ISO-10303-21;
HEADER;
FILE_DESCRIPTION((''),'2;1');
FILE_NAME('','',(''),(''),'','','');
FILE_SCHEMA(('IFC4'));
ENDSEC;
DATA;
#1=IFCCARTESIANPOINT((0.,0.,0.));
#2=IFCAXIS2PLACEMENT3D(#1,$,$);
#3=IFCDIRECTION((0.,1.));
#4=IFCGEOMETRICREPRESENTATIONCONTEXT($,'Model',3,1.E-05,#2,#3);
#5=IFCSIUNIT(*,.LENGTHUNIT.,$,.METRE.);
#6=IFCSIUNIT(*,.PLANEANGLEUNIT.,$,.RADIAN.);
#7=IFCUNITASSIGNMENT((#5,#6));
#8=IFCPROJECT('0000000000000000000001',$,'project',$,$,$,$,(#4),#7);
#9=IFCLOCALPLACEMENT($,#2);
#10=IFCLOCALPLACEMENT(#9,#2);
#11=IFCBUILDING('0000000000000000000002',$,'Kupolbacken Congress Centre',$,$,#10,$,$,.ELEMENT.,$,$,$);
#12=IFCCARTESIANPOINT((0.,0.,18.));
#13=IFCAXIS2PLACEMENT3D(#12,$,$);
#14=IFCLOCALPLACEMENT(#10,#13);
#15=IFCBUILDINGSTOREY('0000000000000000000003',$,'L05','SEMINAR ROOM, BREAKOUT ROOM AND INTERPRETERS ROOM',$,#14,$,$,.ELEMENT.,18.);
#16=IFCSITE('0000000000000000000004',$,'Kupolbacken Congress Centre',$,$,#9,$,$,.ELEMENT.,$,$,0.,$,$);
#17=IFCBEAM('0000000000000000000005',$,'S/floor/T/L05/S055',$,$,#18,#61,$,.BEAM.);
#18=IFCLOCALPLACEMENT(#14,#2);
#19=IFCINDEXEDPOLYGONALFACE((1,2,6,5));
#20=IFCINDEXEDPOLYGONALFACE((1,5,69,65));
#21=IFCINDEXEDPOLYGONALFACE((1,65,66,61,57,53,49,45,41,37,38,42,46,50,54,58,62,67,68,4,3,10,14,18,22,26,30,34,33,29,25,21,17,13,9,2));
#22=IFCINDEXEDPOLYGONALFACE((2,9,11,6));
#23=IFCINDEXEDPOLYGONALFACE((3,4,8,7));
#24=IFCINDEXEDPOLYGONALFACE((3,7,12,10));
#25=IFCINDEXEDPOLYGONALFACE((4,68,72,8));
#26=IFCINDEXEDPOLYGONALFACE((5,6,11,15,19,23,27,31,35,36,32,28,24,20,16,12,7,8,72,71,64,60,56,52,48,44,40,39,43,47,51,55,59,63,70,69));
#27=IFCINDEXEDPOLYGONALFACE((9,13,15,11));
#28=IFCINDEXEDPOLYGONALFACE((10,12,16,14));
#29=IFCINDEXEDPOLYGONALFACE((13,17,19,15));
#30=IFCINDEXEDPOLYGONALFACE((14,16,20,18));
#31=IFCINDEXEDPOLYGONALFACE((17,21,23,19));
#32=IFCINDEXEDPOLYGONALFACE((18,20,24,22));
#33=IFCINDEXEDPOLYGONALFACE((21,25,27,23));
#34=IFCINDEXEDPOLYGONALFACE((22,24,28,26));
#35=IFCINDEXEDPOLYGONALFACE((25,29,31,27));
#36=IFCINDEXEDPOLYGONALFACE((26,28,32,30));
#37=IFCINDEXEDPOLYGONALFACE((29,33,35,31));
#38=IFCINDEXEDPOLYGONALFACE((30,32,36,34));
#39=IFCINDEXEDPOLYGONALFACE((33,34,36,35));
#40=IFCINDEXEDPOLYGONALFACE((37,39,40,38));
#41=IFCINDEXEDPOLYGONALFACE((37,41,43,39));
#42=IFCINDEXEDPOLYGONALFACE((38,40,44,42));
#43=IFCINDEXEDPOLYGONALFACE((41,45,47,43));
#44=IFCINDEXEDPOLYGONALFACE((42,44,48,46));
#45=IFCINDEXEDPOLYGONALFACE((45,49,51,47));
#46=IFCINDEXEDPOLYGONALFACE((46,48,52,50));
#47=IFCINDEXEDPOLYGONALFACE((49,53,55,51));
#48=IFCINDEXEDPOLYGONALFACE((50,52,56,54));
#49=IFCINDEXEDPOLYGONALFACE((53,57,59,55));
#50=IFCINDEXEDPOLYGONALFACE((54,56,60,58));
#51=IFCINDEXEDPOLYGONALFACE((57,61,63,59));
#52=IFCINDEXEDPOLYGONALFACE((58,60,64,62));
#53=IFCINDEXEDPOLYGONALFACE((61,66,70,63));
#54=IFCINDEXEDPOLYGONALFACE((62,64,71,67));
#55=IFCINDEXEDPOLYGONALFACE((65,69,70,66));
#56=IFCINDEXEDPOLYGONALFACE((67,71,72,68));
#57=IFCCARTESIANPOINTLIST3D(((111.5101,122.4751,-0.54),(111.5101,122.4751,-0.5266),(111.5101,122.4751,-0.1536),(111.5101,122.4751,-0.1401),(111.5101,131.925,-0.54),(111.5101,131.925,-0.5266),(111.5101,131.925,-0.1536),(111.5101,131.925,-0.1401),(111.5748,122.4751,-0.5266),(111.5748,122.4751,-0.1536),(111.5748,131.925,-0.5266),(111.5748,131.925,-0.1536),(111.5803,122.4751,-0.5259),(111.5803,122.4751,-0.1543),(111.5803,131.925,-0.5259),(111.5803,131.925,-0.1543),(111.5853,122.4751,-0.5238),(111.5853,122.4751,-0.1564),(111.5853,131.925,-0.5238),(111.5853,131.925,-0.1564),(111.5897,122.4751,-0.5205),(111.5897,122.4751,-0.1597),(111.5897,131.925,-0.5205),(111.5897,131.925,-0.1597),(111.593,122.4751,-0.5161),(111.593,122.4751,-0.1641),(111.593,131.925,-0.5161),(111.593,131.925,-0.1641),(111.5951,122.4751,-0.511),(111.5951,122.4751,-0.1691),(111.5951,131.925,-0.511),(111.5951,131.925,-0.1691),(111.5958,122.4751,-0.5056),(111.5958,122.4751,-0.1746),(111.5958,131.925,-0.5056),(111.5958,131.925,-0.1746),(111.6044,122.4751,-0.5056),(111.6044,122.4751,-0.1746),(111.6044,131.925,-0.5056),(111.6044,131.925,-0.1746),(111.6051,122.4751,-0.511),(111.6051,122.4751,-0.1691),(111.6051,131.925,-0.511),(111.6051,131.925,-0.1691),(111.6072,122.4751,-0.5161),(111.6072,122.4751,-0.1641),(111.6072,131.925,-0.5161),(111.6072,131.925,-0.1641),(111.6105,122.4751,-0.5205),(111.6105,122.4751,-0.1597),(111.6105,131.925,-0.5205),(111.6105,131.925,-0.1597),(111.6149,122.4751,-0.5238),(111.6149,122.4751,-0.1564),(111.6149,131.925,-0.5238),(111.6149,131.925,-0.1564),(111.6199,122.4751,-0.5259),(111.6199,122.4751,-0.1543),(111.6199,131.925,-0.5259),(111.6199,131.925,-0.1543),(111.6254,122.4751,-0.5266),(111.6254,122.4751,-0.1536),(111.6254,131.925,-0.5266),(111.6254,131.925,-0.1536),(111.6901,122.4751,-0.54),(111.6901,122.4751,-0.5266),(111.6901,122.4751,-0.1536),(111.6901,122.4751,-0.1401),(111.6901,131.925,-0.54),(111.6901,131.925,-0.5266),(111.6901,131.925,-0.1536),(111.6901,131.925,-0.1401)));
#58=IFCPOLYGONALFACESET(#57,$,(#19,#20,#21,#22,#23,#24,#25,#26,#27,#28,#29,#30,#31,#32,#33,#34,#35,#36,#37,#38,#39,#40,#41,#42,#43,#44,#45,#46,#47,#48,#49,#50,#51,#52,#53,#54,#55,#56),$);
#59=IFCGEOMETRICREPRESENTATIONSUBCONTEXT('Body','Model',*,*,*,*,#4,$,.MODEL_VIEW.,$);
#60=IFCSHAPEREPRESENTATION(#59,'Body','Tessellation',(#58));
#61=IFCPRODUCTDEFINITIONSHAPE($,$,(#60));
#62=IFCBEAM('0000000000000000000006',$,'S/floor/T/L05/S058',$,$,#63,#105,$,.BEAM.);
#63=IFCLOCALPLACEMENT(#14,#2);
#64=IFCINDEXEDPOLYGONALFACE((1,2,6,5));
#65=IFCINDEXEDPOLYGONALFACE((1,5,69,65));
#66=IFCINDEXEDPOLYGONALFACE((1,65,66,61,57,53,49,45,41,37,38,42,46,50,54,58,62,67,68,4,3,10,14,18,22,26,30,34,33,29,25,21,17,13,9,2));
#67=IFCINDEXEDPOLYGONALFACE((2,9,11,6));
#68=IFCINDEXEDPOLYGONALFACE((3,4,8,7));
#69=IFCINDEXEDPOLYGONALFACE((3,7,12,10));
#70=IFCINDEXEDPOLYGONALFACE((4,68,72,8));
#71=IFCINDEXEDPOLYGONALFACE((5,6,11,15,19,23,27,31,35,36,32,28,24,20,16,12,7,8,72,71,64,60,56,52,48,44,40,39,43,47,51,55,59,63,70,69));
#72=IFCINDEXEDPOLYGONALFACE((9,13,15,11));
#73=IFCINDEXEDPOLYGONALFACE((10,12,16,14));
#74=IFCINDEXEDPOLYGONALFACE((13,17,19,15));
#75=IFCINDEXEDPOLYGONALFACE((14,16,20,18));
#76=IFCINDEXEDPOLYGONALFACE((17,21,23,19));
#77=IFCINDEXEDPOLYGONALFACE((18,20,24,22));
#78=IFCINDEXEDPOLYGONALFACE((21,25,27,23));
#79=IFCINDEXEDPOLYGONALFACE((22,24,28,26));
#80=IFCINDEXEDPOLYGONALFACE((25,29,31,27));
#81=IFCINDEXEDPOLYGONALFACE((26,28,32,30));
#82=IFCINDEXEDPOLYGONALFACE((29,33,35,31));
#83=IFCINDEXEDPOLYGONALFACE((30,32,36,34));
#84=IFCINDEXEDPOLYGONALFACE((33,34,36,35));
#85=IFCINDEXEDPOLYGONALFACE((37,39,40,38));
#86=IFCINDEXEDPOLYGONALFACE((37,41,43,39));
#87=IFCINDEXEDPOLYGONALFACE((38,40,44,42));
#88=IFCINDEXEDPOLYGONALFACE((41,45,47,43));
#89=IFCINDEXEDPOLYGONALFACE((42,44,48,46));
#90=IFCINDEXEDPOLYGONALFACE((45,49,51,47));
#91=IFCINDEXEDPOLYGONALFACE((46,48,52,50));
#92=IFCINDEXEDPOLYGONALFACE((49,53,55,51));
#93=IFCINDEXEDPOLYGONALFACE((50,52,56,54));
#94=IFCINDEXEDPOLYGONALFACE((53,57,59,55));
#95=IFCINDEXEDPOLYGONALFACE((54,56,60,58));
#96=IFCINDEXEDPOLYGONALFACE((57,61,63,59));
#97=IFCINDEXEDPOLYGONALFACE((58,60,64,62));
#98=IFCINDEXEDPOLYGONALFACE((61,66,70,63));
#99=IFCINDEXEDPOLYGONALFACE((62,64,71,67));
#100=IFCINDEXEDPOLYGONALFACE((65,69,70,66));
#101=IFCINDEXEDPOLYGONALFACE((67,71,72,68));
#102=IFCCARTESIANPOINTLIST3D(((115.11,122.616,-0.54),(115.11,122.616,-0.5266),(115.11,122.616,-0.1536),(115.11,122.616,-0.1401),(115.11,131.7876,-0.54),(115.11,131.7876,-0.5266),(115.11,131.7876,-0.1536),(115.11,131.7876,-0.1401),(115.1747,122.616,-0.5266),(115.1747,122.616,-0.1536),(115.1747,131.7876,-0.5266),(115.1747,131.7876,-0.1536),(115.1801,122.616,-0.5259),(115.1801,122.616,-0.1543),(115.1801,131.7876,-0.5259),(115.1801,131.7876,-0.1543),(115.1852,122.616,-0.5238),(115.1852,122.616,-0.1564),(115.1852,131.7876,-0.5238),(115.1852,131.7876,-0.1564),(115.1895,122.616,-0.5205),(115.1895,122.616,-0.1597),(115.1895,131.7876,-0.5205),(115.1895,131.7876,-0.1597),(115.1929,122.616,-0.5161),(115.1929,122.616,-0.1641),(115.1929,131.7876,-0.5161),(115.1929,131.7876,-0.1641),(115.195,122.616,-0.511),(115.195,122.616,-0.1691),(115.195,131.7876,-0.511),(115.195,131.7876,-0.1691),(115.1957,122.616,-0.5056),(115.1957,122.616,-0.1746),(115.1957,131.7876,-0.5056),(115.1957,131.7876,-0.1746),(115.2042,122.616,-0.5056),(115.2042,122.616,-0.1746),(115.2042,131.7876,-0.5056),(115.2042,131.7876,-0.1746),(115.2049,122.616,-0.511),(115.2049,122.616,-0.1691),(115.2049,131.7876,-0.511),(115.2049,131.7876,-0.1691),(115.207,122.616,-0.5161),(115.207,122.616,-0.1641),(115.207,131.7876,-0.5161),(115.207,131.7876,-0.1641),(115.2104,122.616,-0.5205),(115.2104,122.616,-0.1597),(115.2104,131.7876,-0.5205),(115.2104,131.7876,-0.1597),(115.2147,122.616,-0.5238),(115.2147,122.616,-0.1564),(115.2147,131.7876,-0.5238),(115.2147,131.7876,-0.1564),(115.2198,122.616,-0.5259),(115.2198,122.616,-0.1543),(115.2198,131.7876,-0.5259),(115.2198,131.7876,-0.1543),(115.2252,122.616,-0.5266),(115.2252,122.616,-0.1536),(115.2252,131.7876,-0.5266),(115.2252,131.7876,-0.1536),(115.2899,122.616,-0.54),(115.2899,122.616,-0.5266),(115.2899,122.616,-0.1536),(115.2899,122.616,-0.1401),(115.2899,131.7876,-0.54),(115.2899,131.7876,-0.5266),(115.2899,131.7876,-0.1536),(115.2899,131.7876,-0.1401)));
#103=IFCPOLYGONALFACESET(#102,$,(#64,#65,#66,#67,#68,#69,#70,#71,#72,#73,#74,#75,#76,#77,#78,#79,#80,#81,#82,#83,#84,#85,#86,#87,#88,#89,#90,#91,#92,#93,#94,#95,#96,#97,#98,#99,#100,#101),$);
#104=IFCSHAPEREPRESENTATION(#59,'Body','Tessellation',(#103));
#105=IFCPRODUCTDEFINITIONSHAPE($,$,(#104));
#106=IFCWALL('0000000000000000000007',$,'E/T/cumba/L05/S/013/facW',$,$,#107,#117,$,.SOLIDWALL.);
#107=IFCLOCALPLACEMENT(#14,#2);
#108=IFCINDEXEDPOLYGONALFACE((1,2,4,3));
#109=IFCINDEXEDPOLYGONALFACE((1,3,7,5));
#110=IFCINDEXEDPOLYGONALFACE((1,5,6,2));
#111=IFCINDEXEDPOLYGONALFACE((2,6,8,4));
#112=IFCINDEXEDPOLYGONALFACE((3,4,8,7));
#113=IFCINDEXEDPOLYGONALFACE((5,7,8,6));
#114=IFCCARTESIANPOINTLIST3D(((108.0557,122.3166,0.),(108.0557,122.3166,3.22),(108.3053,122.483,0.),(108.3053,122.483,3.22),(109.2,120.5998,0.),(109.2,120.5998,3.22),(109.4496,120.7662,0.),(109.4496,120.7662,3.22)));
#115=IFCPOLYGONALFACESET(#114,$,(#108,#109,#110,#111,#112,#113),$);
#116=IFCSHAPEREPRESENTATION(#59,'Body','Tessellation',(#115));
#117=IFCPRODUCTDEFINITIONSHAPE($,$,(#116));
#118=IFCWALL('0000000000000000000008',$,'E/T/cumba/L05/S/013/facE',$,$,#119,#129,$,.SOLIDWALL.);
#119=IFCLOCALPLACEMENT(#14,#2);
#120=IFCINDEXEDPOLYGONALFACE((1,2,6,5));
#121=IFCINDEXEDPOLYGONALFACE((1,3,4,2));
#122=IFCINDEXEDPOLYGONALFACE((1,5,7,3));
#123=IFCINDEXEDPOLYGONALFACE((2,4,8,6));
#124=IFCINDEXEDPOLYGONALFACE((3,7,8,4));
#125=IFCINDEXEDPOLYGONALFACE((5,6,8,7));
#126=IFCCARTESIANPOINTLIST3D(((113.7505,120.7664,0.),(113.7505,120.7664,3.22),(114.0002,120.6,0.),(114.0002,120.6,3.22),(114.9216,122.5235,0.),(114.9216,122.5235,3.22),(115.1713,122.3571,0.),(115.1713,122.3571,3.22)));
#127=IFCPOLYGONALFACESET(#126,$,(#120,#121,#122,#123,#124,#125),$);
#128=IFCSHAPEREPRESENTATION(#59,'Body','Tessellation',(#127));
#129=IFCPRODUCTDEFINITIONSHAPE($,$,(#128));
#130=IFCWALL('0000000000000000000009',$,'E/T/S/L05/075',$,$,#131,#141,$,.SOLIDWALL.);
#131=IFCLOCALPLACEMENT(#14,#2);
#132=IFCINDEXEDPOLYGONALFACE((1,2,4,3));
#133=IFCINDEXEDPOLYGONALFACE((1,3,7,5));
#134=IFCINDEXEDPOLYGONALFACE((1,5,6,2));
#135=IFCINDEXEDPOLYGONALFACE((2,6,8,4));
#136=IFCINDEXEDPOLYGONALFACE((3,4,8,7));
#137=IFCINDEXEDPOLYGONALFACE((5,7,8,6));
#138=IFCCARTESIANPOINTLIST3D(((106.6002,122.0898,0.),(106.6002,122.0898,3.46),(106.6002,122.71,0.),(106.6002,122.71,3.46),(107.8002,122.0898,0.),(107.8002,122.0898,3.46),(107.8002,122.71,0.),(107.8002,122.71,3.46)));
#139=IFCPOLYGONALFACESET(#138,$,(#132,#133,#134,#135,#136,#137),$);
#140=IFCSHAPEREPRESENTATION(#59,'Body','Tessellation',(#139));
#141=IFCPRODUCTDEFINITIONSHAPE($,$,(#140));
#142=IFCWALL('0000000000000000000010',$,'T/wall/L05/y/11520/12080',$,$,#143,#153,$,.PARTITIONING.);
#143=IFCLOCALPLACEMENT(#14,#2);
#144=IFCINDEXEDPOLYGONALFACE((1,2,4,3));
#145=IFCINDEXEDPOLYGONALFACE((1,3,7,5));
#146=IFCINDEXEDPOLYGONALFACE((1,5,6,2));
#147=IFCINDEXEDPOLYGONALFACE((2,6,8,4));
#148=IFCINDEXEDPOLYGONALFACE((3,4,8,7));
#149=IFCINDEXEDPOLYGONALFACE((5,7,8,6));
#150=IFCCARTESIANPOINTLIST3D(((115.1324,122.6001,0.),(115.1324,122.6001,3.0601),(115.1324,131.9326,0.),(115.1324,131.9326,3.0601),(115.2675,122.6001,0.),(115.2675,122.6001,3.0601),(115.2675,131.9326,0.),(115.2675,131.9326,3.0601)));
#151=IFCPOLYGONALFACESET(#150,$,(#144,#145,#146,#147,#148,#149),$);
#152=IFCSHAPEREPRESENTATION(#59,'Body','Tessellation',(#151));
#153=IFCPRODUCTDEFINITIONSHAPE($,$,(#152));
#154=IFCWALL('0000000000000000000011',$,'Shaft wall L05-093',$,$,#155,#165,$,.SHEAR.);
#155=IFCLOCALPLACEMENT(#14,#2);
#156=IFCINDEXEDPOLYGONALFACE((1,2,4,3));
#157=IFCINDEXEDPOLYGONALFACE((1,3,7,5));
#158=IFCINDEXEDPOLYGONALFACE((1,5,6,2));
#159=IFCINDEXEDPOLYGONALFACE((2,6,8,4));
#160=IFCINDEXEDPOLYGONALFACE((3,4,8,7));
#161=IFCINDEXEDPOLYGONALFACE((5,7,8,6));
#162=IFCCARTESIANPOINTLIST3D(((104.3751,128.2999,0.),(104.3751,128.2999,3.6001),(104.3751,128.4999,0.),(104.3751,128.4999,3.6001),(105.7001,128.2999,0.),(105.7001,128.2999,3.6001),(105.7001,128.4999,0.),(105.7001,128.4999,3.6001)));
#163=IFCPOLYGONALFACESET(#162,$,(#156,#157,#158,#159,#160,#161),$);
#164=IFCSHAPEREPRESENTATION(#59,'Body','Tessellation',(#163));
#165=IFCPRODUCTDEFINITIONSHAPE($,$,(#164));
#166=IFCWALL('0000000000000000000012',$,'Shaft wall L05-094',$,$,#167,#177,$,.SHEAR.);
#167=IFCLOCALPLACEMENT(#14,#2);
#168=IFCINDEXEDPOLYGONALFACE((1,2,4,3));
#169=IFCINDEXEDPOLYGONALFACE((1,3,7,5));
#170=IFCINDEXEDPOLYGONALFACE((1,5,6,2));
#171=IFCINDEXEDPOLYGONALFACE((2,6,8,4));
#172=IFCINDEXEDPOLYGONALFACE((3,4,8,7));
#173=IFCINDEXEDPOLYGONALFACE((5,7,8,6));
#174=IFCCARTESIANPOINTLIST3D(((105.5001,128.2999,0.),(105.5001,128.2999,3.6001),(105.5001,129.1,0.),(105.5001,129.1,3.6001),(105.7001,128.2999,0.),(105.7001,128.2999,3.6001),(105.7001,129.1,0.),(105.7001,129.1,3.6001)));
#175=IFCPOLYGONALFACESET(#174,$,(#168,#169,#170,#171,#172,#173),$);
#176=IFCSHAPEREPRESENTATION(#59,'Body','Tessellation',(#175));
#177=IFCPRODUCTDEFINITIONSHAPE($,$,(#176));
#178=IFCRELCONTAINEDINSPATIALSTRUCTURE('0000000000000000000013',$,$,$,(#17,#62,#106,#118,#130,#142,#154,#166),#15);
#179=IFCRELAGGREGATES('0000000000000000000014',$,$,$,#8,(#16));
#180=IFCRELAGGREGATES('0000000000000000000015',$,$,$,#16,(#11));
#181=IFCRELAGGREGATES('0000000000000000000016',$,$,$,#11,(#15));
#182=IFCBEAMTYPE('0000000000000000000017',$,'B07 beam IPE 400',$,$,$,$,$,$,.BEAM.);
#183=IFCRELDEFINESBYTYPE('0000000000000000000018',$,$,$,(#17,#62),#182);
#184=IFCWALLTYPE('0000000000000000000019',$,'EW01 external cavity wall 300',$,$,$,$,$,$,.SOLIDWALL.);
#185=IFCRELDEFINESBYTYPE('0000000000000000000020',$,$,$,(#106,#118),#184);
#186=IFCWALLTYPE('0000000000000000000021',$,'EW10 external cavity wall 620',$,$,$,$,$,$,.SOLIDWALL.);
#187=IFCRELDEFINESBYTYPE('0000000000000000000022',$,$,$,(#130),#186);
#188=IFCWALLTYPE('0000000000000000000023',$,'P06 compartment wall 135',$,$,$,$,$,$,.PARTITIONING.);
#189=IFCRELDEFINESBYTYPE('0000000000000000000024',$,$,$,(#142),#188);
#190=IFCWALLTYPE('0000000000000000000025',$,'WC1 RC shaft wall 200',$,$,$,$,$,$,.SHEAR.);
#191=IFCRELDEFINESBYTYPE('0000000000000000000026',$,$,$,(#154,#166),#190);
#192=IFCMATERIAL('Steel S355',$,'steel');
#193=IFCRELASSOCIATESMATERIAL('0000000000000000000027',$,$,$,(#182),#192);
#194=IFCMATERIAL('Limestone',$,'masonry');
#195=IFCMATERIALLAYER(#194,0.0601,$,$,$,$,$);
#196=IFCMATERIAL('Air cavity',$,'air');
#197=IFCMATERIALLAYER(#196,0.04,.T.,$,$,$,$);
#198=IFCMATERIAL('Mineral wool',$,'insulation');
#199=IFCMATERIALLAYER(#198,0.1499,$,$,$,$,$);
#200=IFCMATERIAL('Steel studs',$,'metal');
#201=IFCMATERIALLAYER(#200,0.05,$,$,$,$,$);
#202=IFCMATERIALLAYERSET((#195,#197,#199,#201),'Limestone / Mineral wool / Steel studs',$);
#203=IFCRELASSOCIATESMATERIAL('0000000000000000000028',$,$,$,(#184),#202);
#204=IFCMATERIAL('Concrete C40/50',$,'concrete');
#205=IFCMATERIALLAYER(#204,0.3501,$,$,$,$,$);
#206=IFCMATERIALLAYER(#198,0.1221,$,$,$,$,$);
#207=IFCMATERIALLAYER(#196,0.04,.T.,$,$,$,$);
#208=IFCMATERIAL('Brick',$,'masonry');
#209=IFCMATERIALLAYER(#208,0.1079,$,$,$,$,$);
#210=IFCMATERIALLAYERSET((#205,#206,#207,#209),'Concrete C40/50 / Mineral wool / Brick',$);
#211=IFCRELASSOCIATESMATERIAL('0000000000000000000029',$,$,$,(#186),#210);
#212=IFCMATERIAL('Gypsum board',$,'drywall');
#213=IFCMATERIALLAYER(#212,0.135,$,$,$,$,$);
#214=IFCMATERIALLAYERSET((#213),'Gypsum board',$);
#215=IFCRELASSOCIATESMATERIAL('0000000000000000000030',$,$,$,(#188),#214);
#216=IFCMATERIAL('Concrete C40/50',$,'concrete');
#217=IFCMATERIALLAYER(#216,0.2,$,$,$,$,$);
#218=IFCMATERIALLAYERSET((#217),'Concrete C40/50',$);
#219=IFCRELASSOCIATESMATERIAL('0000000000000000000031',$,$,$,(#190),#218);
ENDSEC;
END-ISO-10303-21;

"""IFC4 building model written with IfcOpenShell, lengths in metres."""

from ifc_helpers import new_model, si_unit, direction, frame, frame_2d, origin, origin_2d, place, context, subcontext, project, spatial, rectangle, i_section, extrude, material, layer, layer_set, material_profile, profile_set, type_object, element, save


model = new_model("IFC4")

# Units and contexts
model_context = context("Model", 3, precision=1e-05, world=origin(), true_north=direction((0.0, 1.0)))
body_context = subcontext(model_context, "Body", "Model", "MODEL_VIEW")
ifc_project = project(units=[si_unit("LENGTHUNIT", "METRE"), si_unit("PLANEANGLEUNIT", "RADIAN")], contexts=[model_context])

# Site, building, storey
site_placement = place(None, origin())
site = spatial("IfcSite", under=ifc_project, at=site_placement, Name="Kupolbacken Congress Centre", CompositionType="ELEMENT", RefElevation=0.0)
building_placement = place(site_placement, origin())
building = spatial("IfcBuilding", under=site, at=building_placement, Name="Kupolbacken Congress Centre", CompositionType="ELEMENT")
storey_placement = place(building_placement, frame((0.0, 0.0, 18.0)))
storey = spatial("IfcBuildingStorey", under=building, at=storey_placement, Name="L05", Description="SEMINAR ROOM, BREAKOUT ROOM AND INTERPRETERS ROOM", CompositionType="ELEMENT", Elevation=18.0)

# Beams
ifc_material_1 = material(Name="Steel S355", Category="steel")
ifc_material_profile_1 = material_profile(ifc_material_1, i_section(OverallWidth=0.1799, OverallDepth=0.3999, WebThickness=0.0085, FlangeThickness=0.0134, FilletRadius=0.021, at=origin_2d()), Name="IPE 400")
ifc_profile_set_1 = profile_set([ifc_material_profile_1], Name="Steel S355")
beam_type_1 = type_object("IfcBeamType", Name="B07 beam IPE 400", PredefinedType="BEAM", material=ifc_profile_set_1)
beam_1_placement = place(storey_placement, frame((111.6001, 122.4751, -0.3401), z_axis=(0.0, 1.0, 0.0), x_axis=(-1.0, 0.0, 0.0)))
element("IfcBeam", 1, at=beam_1_placement, inside=storey, type_object=beam_type_1, Name="S/floor/T/L05/S055", PredefinedType="BEAM", context=body_context, shape_type="SweptSolid", body=[
    extrude(i_section(OverallWidth=0.1799, OverallDepth=0.3999, WebThickness=0.0085, FlangeThickness=0.0134, FilletRadius=0.021, at=origin_2d()), origin(), (0.0, 0.0, 1.0), 9.45),
])
beam_2_placement = place(storey_placement, frame((115.2, 122.616, -0.3401), z_axis=(0.0, 1.0, 0.0), x_axis=(-1.0, 0.0, 0.0)))
element("IfcBeam", 2, at=beam_2_placement, inside=storey, type_object=beam_type_1, Name="S/floor/T/L05/S058", PredefinedType="BEAM", context=body_context, shape_type="SweptSolid", body=[
    extrude(i_section(OverallWidth=0.1799, OverallDepth=0.3999, WebThickness=0.0085, FlangeThickness=0.0134, FilletRadius=0.021, at=origin_2d()), origin(), (0.0, 0.0, 1.0), 9.1716),
])

# Walls
ifc_material_2 = material(Name="Limestone", Category="masonry")
ifc_layer_1 = layer(ifc_material_2, 0.0601)
ifc_material_3 = material(Name="Air cavity", Category="air")
ifc_layer_2 = layer(ifc_material_3, 0.04, ventilated=True)
ifc_material_4 = material(Name="Mineral wool", Category="insulation")
ifc_layer_3 = layer(ifc_material_4, 0.1499)
ifc_material_5 = material(Name="Steel studs", Category="metal")
ifc_layer_4 = layer(ifc_material_5, 0.05)
ifc_layer_set_1 = layer_set([ifc_layer_1, ifc_layer_2, ifc_layer_3, ifc_layer_4], Name="Limestone / Mineral wool / Steel studs")
wall_type_1 = type_object("IfcWallType", Name="EW01 external cavity wall 300", PredefinedType="SOLIDWALL", material=ifc_layer_set_1)
wall_1_placement = place(storey_placement, frame((108.1804, 122.3999, 0.0), z_axis=(0.0, 0.0, 1.0), x_axis=(0.554618, -0.832105, 0.0)))
element("IfcWall", 3, at=wall_1_placement, inside=storey, type_object=wall_type_1, Name="E/T/cumba/L05/S/013/facW", PredefinedType="SOLIDWALL", context=body_context, shape_type="SweptSolid", body=[
    extrude(rectangle(XDim=2.0632, YDim=0.3, at=frame_2d((1.0317, 0.0))), origin(), (0.0, 0.0, 1.0), 3.22),
])
wall_2_placement = place(storey_placement, frame((115.0464, 122.4402, 0.0), z_axis=(0.0, 0.0, 1.0), x_axis=(-0.55462, -0.832104, 0.0)))
element("IfcWall", 4, at=wall_2_placement, inside=storey, type_object=wall_type_1, Name="E/T/cumba/L05/S/013/facE", PredefinedType="SOLIDWALL", context=body_context, shape_type="SweptSolid", body=[
    extrude(rectangle(XDim=2.1116, YDim=0.3, at=frame_2d((1.0557, 0.0))), origin(), (0.0, 0.0, 1.0), 3.22),
])
ifc_material_6 = material(Name="Concrete C40/50", Category="concrete")
ifc_layer_5 = layer(ifc_material_6, 0.3501)
ifc_layer_6 = layer(ifc_material_4, 0.1221)
ifc_layer_7 = layer(ifc_material_3, 0.04, ventilated=True)
ifc_material_7 = material(Name="Brick", Category="masonry")
ifc_layer_8 = layer(ifc_material_7, 0.1079)
ifc_layer_set_2 = layer_set([ifc_layer_5, ifc_layer_6, ifc_layer_7, ifc_layer_8], Name="Concrete C40/50 / Mineral wool / Brick")
wall_type_2 = type_object("IfcWallType", Name="EW10 external cavity wall 620", PredefinedType="SOLIDWALL", material=ifc_layer_set_2)
wall_3_placement = place(storey_placement, frame((106.6001, 122.3999, 0.0), z_axis=(0.0, 0.0, 1.0), x_axis=(1.0, 0.0, 0.0)))
element("IfcWall", 5, at=wall_3_placement, inside=storey, type_object=wall_type_2, Name="E/T/S/L05/075", PredefinedType="SOLIDWALL", context=body_context, shape_type="SweptSolid", body=[
    extrude(rectangle(XDim=1.2, YDim=0.6201, at=frame_2d((0.6001, 0.0))), origin(), (0.0, 0.0, 1.0), 3.46),
])
ifc_material_8 = material(Name="Gypsum board", Category="drywall")
ifc_layer_9 = layer(ifc_material_8, 0.135)
ifc_layer_set_3 = layer_set([ifc_layer_9], Name="Gypsum board")
wall_type_3 = type_object("IfcWallType", Name="P06 compartment wall 135", PredefinedType="PARTITIONING", material=ifc_layer_set_3)
wall_4_placement = place(storey_placement, frame((115.2, 122.6001, 0.0), z_axis=(0.0, 0.0, 1.0), x_axis=(0.0, 1.0, 0.0)))
element("IfcWall", 6, at=wall_4_placement, inside=storey, type_object=wall_type_3, Name="T/wall/L05/y/11520/12080", PredefinedType="PARTITIONING", context=body_context, shape_type="SweptSolid", body=[
    extrude(rectangle(XDim=9.3325, YDim=0.135, at=frame_2d((4.6663, 0.0))), origin(), (0.0, 0.0, 1.0), 3.0601),
])
ifc_material_9 = material(Name="Concrete C40/50", Category="concrete")
ifc_layer_10 = layer(ifc_material_9, 0.2)
ifc_layer_set_4 = layer_set([ifc_layer_10], Name="Concrete C40/50")
wall_type_4 = type_object("IfcWallType", Name="WC1 RC shaft wall 200", PredefinedType="SHEAR", material=ifc_layer_set_4)
wall_5_placement = place(storey_placement, frame((104.375, 128.3999, 0.0), z_axis=(0.0, 0.0, 1.0), x_axis=(1.0, 0.0, 0.0)))
element("IfcWall", 7, at=wall_5_placement, inside=storey, type_object=wall_type_4, Name="Shaft wall L05-093", PredefinedType="SHEAR", context=body_context, shape_type="SweptSolid", body=[
    extrude(rectangle(XDim=1.325, YDim=0.2, at=frame_2d((0.6626, 0.0))), origin(), (0.0, 0.0, 1.0), 3.6001),
])
wall_6_placement = place(storey_placement, frame((105.6001, 128.3, 0.0), z_axis=(0.0, 0.0, 1.0), x_axis=(0.0, 1.0, 0.0)))
element("IfcWall", 8, at=wall_6_placement, inside=storey, type_object=wall_type_4, Name="Shaft wall L05-094", PredefinedType="SHEAR", context=body_context, shape_type="SweptSolid", body=[
    extrude(rectangle(XDim=0.8, YDim=0.2, at=frame_2d((0.3999, 0.0))), origin(), (0.0, 0.0, 1.0), 3.6001),
])

save(model, "model.ifc")
